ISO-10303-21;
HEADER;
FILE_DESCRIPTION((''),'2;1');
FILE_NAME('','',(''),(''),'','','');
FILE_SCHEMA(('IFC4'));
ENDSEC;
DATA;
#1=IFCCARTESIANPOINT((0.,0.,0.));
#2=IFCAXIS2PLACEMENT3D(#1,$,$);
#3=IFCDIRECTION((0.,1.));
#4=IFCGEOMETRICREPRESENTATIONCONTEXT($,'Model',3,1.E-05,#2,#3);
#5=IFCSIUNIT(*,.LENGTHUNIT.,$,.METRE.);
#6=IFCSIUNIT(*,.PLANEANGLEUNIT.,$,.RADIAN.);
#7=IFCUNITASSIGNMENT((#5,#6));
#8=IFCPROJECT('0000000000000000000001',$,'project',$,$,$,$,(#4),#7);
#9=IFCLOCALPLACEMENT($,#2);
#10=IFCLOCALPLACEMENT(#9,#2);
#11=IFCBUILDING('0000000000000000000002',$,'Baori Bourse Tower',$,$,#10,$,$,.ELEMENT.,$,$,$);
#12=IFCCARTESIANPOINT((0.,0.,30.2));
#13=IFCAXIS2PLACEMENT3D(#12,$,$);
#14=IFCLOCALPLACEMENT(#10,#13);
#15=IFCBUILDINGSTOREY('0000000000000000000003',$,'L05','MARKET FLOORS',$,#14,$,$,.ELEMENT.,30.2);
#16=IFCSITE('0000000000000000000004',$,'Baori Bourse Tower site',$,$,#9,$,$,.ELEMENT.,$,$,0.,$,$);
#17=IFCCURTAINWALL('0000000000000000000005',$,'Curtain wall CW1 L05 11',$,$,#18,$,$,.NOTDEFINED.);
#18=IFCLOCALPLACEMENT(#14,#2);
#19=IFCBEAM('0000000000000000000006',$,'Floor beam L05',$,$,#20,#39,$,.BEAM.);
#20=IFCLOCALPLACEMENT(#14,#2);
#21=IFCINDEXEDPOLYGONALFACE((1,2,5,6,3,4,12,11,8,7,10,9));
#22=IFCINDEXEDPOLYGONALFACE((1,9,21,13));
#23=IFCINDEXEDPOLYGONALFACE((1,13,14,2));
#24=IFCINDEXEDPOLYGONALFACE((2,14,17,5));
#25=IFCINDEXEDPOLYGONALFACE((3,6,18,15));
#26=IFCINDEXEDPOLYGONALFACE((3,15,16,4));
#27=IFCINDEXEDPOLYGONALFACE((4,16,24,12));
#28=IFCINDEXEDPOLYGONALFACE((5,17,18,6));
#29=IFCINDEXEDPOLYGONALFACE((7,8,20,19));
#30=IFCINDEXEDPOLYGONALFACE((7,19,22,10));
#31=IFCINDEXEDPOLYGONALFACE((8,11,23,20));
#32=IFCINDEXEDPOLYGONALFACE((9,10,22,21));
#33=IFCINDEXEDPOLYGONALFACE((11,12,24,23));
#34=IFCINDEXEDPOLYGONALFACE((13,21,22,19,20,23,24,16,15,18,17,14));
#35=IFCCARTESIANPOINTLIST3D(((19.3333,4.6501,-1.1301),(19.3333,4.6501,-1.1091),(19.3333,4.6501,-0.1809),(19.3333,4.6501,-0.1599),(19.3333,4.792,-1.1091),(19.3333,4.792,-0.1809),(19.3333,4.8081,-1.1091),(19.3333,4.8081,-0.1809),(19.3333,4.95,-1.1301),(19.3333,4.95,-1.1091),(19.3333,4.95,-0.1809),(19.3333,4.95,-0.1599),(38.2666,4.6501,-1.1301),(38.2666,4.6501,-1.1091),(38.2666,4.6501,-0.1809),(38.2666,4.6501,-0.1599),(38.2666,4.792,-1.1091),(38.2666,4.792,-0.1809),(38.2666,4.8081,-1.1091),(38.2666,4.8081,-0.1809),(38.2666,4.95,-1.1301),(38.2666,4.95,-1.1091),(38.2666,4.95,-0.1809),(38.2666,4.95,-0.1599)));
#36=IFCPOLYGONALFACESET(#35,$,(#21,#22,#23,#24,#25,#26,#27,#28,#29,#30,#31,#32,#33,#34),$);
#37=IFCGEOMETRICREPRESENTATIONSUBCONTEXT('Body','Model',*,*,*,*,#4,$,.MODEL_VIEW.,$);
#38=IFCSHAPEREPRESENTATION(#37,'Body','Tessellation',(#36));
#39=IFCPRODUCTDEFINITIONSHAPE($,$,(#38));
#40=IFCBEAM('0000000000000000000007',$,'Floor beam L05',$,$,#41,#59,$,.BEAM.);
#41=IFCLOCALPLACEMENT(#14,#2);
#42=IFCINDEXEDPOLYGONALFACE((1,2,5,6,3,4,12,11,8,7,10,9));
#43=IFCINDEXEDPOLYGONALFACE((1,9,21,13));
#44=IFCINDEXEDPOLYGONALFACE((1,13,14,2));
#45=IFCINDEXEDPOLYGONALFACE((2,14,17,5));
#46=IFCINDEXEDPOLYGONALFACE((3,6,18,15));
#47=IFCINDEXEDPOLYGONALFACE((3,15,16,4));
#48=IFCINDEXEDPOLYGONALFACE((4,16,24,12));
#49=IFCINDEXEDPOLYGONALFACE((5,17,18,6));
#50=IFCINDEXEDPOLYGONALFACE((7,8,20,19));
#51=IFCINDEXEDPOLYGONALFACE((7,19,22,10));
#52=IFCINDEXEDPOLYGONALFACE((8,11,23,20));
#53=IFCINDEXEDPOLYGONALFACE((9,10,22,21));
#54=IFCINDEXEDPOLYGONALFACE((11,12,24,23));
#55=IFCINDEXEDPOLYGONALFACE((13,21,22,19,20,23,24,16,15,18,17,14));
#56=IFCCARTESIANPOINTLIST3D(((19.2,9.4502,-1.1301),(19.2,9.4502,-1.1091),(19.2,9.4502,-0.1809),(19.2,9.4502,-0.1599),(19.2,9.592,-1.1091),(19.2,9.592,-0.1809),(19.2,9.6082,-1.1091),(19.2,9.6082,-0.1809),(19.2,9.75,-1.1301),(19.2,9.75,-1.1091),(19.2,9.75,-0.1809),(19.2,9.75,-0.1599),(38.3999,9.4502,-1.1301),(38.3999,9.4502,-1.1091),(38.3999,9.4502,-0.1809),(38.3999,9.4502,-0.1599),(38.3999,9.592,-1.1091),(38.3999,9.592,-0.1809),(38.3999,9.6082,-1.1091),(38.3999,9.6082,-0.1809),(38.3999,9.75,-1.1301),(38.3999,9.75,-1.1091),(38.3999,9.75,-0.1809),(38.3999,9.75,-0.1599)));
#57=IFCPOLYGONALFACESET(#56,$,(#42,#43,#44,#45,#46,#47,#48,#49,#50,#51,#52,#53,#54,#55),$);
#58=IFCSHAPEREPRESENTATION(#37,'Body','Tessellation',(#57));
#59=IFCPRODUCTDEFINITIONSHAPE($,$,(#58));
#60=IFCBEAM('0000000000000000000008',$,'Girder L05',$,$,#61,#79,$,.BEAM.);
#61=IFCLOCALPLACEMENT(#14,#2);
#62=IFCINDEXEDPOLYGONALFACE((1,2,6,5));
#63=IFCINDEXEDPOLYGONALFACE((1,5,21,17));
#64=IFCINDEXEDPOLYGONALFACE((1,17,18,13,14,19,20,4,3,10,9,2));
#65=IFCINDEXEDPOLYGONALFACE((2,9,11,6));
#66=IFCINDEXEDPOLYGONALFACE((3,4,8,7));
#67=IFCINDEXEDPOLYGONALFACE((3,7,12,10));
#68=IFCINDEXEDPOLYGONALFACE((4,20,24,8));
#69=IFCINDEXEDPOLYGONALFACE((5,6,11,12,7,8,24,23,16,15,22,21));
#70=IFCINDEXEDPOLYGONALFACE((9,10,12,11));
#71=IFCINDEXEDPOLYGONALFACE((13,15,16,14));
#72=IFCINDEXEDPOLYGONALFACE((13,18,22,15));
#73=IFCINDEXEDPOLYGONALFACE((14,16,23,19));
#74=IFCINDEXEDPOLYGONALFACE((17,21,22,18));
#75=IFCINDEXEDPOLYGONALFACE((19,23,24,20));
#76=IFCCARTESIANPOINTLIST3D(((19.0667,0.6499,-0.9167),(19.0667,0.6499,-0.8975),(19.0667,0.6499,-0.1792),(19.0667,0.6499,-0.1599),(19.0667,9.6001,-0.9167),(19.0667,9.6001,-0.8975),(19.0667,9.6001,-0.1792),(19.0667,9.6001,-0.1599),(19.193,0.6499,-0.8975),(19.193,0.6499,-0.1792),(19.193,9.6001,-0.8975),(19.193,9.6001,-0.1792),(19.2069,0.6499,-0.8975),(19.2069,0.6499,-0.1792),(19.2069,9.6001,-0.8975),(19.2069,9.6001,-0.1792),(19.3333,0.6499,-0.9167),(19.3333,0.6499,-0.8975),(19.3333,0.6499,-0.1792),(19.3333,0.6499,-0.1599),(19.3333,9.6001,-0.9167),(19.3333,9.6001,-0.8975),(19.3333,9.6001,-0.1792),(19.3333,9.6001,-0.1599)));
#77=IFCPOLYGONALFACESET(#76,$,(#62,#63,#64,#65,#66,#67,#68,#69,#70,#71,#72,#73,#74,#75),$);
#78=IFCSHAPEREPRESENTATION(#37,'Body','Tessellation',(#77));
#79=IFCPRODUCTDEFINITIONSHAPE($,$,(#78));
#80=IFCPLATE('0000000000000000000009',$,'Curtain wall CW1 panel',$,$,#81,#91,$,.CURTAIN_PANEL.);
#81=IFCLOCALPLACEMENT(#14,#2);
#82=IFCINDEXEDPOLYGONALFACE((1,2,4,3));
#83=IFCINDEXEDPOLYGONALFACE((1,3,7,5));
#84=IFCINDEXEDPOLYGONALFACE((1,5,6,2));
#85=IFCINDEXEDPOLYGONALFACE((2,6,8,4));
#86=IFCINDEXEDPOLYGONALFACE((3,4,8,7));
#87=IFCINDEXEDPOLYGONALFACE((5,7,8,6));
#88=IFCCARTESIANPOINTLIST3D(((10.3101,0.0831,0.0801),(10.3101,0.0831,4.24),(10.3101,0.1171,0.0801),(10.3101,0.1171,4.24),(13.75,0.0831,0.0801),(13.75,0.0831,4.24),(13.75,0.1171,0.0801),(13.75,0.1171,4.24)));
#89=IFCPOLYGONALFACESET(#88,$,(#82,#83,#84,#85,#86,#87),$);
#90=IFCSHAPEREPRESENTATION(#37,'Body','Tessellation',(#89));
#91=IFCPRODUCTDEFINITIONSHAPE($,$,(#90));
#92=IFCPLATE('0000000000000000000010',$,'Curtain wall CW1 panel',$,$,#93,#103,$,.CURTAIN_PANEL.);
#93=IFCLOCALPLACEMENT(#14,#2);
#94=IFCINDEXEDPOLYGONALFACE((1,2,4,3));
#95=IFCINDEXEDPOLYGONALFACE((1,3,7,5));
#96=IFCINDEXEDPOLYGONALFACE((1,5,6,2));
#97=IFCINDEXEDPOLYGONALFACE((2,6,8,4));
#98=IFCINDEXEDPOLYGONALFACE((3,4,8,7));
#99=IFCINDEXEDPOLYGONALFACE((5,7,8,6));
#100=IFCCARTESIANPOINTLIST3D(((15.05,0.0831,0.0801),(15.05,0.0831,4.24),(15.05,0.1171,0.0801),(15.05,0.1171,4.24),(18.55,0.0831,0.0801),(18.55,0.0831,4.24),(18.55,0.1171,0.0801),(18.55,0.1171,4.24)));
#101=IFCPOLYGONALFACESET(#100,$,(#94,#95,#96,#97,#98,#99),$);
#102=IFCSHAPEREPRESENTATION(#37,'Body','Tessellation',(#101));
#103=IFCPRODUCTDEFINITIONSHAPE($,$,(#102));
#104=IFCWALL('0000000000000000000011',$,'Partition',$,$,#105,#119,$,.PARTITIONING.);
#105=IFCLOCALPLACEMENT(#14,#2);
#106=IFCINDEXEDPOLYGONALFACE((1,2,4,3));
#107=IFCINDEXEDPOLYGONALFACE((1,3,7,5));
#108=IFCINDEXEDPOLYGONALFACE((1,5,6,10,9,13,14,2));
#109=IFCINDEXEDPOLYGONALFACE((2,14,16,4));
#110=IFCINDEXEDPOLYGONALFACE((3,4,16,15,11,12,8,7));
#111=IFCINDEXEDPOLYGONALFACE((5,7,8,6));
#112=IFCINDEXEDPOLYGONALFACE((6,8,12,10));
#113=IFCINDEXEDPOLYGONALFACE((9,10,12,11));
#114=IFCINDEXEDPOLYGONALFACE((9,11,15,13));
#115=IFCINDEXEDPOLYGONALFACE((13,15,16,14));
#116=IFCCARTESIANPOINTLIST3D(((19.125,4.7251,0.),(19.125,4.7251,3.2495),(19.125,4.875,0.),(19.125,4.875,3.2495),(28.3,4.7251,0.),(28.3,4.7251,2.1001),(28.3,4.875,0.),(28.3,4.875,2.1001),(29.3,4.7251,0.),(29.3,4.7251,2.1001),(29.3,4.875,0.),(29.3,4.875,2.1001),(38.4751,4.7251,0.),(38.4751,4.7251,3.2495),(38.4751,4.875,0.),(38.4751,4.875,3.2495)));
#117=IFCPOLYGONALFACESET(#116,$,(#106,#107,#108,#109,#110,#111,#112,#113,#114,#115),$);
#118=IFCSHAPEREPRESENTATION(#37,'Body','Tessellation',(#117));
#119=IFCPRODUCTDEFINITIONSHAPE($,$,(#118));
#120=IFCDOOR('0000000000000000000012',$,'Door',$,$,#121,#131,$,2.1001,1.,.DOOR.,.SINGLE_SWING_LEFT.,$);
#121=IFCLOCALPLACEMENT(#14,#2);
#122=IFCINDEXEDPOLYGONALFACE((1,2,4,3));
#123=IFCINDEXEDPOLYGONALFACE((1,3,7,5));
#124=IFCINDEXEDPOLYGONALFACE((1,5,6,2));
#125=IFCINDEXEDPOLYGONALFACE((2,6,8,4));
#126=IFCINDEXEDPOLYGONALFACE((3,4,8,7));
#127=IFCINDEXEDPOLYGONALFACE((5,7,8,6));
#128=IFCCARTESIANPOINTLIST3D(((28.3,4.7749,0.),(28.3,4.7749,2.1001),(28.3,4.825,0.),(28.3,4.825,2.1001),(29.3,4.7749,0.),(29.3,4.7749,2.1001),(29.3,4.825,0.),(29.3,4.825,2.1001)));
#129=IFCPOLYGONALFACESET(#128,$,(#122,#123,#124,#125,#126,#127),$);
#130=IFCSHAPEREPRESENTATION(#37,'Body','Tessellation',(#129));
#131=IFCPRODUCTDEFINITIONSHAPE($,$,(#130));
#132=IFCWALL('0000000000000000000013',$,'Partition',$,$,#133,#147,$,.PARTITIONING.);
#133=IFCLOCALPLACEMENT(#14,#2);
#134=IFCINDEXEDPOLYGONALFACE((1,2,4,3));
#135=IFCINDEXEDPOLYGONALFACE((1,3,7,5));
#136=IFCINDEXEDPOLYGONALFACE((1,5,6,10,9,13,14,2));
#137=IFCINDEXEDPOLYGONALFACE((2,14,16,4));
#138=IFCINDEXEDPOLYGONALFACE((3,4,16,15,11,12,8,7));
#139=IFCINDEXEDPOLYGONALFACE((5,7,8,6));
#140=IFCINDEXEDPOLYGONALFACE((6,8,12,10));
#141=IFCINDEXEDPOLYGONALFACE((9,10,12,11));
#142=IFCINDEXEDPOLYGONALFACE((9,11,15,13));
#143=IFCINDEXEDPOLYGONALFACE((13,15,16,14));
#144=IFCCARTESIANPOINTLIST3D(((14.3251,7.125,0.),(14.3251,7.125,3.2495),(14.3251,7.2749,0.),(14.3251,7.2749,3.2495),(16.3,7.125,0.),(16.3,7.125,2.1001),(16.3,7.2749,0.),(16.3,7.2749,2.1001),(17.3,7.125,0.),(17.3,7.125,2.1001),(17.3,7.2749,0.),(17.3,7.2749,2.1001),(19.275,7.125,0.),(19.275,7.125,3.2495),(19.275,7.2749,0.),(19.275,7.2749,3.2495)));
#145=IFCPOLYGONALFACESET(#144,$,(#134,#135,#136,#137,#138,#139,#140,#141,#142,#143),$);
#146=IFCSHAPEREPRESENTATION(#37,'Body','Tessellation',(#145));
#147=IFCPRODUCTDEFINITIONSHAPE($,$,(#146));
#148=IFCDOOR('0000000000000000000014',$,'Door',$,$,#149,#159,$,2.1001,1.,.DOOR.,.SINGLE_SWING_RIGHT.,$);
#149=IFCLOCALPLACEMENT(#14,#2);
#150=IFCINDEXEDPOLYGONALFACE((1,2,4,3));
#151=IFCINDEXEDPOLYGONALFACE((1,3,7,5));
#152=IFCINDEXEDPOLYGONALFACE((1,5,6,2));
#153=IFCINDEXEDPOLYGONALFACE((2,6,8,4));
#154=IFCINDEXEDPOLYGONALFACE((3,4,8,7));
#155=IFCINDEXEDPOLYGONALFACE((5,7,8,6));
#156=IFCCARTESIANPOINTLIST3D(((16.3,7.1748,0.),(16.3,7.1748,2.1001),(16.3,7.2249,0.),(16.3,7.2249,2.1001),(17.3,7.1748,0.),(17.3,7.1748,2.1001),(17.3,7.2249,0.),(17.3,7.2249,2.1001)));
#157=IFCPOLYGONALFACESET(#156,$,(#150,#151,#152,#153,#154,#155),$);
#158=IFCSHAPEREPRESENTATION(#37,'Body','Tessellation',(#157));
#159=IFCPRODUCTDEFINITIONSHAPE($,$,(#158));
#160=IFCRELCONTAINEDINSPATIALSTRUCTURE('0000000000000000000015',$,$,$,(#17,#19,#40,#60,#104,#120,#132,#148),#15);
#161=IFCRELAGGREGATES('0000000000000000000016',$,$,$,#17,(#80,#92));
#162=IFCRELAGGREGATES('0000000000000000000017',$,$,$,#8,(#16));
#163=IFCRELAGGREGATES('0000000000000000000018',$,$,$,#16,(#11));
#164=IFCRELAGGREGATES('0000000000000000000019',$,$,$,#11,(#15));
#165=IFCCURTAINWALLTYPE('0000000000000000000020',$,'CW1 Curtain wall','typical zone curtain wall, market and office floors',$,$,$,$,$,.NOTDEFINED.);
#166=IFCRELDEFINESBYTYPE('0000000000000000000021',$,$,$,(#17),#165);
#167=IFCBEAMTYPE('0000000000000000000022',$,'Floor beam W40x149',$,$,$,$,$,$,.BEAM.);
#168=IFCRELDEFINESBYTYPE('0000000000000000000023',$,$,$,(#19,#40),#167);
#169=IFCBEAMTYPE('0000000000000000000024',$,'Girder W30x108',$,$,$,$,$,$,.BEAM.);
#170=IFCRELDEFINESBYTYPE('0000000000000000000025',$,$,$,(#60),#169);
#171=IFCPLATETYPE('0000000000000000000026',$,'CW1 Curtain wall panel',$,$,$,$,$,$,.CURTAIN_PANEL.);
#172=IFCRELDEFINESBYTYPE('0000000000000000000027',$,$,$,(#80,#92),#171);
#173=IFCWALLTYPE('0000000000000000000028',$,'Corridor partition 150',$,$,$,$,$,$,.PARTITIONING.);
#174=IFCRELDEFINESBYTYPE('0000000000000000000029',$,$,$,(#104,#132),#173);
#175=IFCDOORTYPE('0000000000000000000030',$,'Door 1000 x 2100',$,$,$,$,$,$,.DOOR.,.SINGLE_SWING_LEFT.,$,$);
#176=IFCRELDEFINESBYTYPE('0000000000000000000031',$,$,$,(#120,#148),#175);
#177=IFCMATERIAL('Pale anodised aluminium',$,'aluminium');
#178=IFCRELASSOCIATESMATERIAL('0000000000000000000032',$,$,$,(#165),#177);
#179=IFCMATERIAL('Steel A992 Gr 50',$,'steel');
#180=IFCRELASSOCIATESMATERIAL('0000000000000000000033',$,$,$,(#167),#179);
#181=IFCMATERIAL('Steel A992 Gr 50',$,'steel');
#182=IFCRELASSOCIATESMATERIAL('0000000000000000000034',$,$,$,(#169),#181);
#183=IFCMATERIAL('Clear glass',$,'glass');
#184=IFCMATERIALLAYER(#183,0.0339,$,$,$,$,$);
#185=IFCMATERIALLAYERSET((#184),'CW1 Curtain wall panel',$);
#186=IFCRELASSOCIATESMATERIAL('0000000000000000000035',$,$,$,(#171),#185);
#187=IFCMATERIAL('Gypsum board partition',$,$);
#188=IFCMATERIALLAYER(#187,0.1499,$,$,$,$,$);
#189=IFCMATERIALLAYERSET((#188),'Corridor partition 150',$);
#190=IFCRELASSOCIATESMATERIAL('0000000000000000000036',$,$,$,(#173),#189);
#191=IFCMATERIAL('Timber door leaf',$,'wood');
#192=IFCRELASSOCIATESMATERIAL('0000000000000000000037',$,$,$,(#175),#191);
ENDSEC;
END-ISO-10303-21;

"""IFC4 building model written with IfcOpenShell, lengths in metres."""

from ifc_helpers import new_model, si_unit, direction, frame, frame_2d, origin, origin_2d, place, context, subcontext, project, spatial, rectangle, i_section, extrude, material, layer, layer_set, material_profile, profile_set, type_object, element, fill, aggregate, save


model = new_model("IFC4")

# Units and contexts
model_context = context("Model", 3, precision=1e-05, world=origin(), true_north=direction((0.0, 1.0)))
body_context = subcontext(model_context, "Body", "Model", "MODEL_VIEW")
ifc_project = project(units=[si_unit("LENGTHUNIT", "METRE"), si_unit("PLANEANGLEUNIT", "RADIAN")], contexts=[model_context])

# Site, building, storey
site_placement = place(None, origin())
site = spatial("IfcSite", under=ifc_project, at=site_placement, Name="Baori Bourse Tower site", CompositionType="ELEMENT", RefElevation=0.0)
building_placement = place(site_placement, origin())
building = spatial("IfcBuilding", under=site, at=building_placement, Name="Baori Bourse Tower", CompositionType="ELEMENT")
storey_placement = place(building_placement, frame((0.0, 0.0, 30.2)))
storey = spatial("IfcBuildingStorey", under=building, at=storey_placement, Name="L05", Description="MARKET FLOORS", CompositionType="ELEMENT", Elevation=30.2)

# Curtain wall
ifc_material_1 = material(Name="Pale anodised aluminium", Category="aluminium")
curtain_wall_type = type_object("IfcCurtainWallType", Name="CW1 Curtain wall", Description="typical zone curtain wall, market and office floors", PredefinedType="NOTDEFINED", material=ifc_material_1)
curtain_wall_placement = place(storey_placement, origin())
curtain_wall = element("IfcCurtainWall", 1, at=curtain_wall_placement, inside=storey, type_object=curtain_wall_type, Name="Curtain wall CW1 L05 11", PredefinedType="NOTDEFINED")

# Beams
ifc_material_2 = material(Name="Steel A992 Gr 50", Category="steel")
ifc_material_profile_1 = material_profile(ifc_material_2, i_section(OverallWidth=0.2998, OverallDepth=0.9702, WebThickness=0.0161, FlangeThickness=0.021, at=origin_2d()), Name="W40x149")
ifc_profile_set_1 = profile_set([ifc_material_profile_1], Name="Steel A992 Gr 50")
beam_type_1 = type_object("IfcBeamType", Name="Floor beam W40x149", PredefinedType="BEAM", material=ifc_profile_set_1)
beam_1_placement = place(storey_placement, frame((19.3333, 4.8, -0.645), z_axis=(1.0, 0.0, 0.0), x_axis=(0.0, 1.0, 0.0)))
element("IfcBeam", 2, at=beam_1_placement, inside=storey, type_object=beam_type_1, Name="Floor beam L05", PredefinedType="BEAM", context=body_context, shape_type="SweptSolid", body=[
    extrude(i_section(OverallWidth=0.2998, OverallDepth=0.9702, WebThickness=0.0161, FlangeThickness=0.021, at=origin_2d()), origin(), (0.0, 0.0, 1.0), 18.9333),
])
beam_2_placement = place(storey_placement, frame((19.2, 9.6001, -0.645), z_axis=(1.0, 0.0, 0.0), x_axis=(0.0, 1.0, 0.0)))
element("IfcBeam", 3, at=beam_2_placement, inside=storey, type_object=beam_type_1, Name="Floor beam L05", PredefinedType="BEAM", context=body_context, shape_type="SweptSolid", body=[
    extrude(i_section(OverallWidth=0.2998, OverallDepth=0.9702, WebThickness=0.0161, FlangeThickness=0.021, at=origin_2d()), origin(), (0.0, 0.0, 1.0), 19.2),
])
ifc_material_3 = material(Name="Steel A992 Gr 50", Category="steel")
ifc_material_profile_2 = material_profile(ifc_material_3, i_section(OverallWidth=0.2666, OverallDepth=0.7568, WebThickness=0.0139, FlangeThickness=0.0193, at=origin_2d()), Name="W30x108")
ifc_profile_set_2 = profile_set([ifc_material_profile_2], Name="Steel A992 Gr 50")
beam_type_2 = type_object("IfcBeamType", Name="Girder W30x108", PredefinedType="BEAM", material=ifc_profile_set_2)
beam_3_placement = place(storey_placement, frame((19.2, 0.6499, -0.5383), z_axis=(0.0, 1.0, 0.0), x_axis=(-1.0, 0.0, 0.0)))
element("IfcBeam", 4, at=beam_3_placement, inside=storey, type_object=beam_type_2, Name="Girder L05", PredefinedType="BEAM", context=body_context, shape_type="SweptSolid", body=[
    extrude(i_section(OverallWidth=0.2666, OverallDepth=0.7568, WebThickness=0.0139, FlangeThickness=0.0193, at=origin_2d()), origin(), (0.0, 0.0, 1.0), 8.9502),
])

# Plates
ifc_material_4 = material(Name="Clear glass", Category="glass")
ifc_layer_1 = layer(ifc_material_4, 0.0339)
ifc_layer_set_1 = layer_set([ifc_layer_1], Name="CW1 Curtain wall panel")
plate_type = type_object("IfcPlateType", Name="CW1 Curtain wall panel", PredefinedType="CURTAIN_PANEL", material=ifc_layer_set_1)
plate_1_placement = place(storey_placement, frame((12.03, 0.1001, 0.0801), z_axis=(0.0, 0.0, 1.0), x_axis=(1.0, 0.0, 0.0)))
plate_1 = element("IfcPlate", 5, at=plate_1_placement, type_object=plate_type, Name="Curtain wall CW1 panel", PredefinedType="CURTAIN_PANEL", context=body_context, shape_type="SweptSolid", body=[
    extrude(rectangle(XDim=3.4399, YDim=0.0339, at=origin_2d()), origin(), (0.0, 0.0, 1.0), 4.1599),
])
plate_2_placement = place(storey_placement, frame((16.8, 0.1001, 0.0801), z_axis=(0.0, 0.0, 1.0), x_axis=(1.0, 0.0, 0.0)))
plate_2 = element("IfcPlate", 6, at=plate_2_placement, type_object=plate_type, Name="Curtain wall CW1 panel", PredefinedType="CURTAIN_PANEL", context=body_context, shape_type="SweptSolid", body=[
    extrude(rectangle(XDim=3.5, YDim=0.0339, at=origin_2d()), origin(), (0.0, 0.0, 1.0), 4.1599),
])
aggregate(curtain_wall, [plate_1, plate_2])

# Walls, openings, doors
ifc_material_5 = material(Name="Gypsum board partition")
ifc_layer_2 = layer(ifc_material_5, 0.1499)
ifc_layer_set_2 = layer_set([ifc_layer_2], Name="Corridor partition 150")
wall_type_1 = type_object("IfcWallType", Name="Corridor partition 150", PredefinedType="PARTITIONING", material=ifc_layer_set_2)
wall_1_placement = place(storey_placement, frame((19.125, 4.8, 0.0), z_axis=(0.0, 0.0, 1.0), x_axis=(1.0, 0.0, 0.0)))
wall_1 = element("IfcWall", 7, at=wall_1_placement, inside=storey, type_object=wall_type_1, Name="Partition", PredefinedType="PARTITIONING", context=body_context, shape_type="SweptSolid", body=[
    extrude(rectangle(XDim=19.3501, YDim=0.1499, at=frame_2d((9.675, 0.0))), origin(), (0.0, 0.0, 1.0), 3.2495),
])
opening_1_placement = place(wall_1_placement, frame((9.175, 0.0, 0.0)))
opening_1 = element("IfcOpeningElement", 8, at=opening_1_placement, cuts=wall_1, PredefinedType="OPENING", context=body_context, shape_type="SweptSolid", body=[
    extrude(rectangle(XDim=1.0, YDim=2.1001, at=frame_2d((0.5, 1.05))), frame((0.0, 0.085, 0.0), z_axis=(0.0, -1.0, 0.0), x_axis=(1.0, 0.0, 0.0)), (0.0, 0.0, 1.0), 0.1699),
])
ifc_material_6 = material(Name="Timber door leaf", Category="wood")
door_type = type_object("IfcDoorType", Name="Door 1000 x 2100", OperationType="SINGLE_SWING_LEFT", PredefinedType="DOOR", material=ifc_material_6)
door_1_placement = place(opening_1_placement, origin())
door_1 = element("IfcDoor", 9, at=door_1_placement, inside=storey, type_object=door_type, Name="Door", OperationType="SINGLE_SWING_LEFT", OverallHeight=2.1001, OverallWidth=1.0, PredefinedType="DOOR", context=body_context, shape_type="SweptSolid", body=[
    extrude(rectangle(XDim=1.0, YDim=2.1001, at=frame_2d((0.5, 1.05))), frame((0.0, 0.0249, 0.0), z_axis=(0.0, -1.0, 0.0), x_axis=(1.0, 0.0, 0.0)), (0.0, 0.0, 1.0), 0.05),
])
fill(opening_1, door_1)
wall_2_placement = place(storey_placement, frame((14.325, 7.2, 0.0), z_axis=(0.0, 0.0, 1.0), x_axis=(1.0, 0.0, 0.0)))
wall_2 = element("IfcWall", 10, at=wall_2_placement, inside=storey, type_object=wall_type_1, Name="Partition", PredefinedType="PARTITIONING", context=body_context, shape_type="SweptSolid", body=[
    extrude(rectangle(XDim=4.95, YDim=0.1499, at=frame_2d((2.4751, 0.0))), origin(), (0.0, 0.0, 1.0), 3.2495),
])
opening_2_placement = place(wall_2_placement, frame((1.9751, 0.0, 0.0)))
opening_2 = element("IfcOpeningElement", 11, at=opening_2_placement, cuts=wall_2, PredefinedType="OPENING", context=body_context, shape_type="SweptSolid", body=[
    extrude(rectangle(XDim=1.0, YDim=2.1001, at=frame_2d((0.5, 1.05))), frame((0.0, 0.085, 0.0), z_axis=(0.0, -1.0, 0.0), x_axis=(1.0, 0.0, 0.0)), (0.0, 0.0, 1.0), 0.1699),
])
door_2_placement = place(opening_2_placement, origin())
door_2 = element("IfcDoor", 12, at=door_2_placement, inside=storey, type_object=door_type, Name="Door", OperationType="SINGLE_SWING_RIGHT", OverallHeight=2.1001, OverallWidth=1.0, PredefinedType="DOOR", context=body_context, shape_type="SweptSolid", body=[
    extrude(rectangle(XDim=1.0, YDim=2.1001, at=frame_2d((0.5, 1.05))), frame((0.0, 0.0249, 0.0), z_axis=(0.0, -1.0, 0.0), x_axis=(1.0, 0.0, 0.0)), (0.0, 0.0, 1.0), 0.05),
])
fill(opening_2, door_2)

save(model, "model.ifc")
